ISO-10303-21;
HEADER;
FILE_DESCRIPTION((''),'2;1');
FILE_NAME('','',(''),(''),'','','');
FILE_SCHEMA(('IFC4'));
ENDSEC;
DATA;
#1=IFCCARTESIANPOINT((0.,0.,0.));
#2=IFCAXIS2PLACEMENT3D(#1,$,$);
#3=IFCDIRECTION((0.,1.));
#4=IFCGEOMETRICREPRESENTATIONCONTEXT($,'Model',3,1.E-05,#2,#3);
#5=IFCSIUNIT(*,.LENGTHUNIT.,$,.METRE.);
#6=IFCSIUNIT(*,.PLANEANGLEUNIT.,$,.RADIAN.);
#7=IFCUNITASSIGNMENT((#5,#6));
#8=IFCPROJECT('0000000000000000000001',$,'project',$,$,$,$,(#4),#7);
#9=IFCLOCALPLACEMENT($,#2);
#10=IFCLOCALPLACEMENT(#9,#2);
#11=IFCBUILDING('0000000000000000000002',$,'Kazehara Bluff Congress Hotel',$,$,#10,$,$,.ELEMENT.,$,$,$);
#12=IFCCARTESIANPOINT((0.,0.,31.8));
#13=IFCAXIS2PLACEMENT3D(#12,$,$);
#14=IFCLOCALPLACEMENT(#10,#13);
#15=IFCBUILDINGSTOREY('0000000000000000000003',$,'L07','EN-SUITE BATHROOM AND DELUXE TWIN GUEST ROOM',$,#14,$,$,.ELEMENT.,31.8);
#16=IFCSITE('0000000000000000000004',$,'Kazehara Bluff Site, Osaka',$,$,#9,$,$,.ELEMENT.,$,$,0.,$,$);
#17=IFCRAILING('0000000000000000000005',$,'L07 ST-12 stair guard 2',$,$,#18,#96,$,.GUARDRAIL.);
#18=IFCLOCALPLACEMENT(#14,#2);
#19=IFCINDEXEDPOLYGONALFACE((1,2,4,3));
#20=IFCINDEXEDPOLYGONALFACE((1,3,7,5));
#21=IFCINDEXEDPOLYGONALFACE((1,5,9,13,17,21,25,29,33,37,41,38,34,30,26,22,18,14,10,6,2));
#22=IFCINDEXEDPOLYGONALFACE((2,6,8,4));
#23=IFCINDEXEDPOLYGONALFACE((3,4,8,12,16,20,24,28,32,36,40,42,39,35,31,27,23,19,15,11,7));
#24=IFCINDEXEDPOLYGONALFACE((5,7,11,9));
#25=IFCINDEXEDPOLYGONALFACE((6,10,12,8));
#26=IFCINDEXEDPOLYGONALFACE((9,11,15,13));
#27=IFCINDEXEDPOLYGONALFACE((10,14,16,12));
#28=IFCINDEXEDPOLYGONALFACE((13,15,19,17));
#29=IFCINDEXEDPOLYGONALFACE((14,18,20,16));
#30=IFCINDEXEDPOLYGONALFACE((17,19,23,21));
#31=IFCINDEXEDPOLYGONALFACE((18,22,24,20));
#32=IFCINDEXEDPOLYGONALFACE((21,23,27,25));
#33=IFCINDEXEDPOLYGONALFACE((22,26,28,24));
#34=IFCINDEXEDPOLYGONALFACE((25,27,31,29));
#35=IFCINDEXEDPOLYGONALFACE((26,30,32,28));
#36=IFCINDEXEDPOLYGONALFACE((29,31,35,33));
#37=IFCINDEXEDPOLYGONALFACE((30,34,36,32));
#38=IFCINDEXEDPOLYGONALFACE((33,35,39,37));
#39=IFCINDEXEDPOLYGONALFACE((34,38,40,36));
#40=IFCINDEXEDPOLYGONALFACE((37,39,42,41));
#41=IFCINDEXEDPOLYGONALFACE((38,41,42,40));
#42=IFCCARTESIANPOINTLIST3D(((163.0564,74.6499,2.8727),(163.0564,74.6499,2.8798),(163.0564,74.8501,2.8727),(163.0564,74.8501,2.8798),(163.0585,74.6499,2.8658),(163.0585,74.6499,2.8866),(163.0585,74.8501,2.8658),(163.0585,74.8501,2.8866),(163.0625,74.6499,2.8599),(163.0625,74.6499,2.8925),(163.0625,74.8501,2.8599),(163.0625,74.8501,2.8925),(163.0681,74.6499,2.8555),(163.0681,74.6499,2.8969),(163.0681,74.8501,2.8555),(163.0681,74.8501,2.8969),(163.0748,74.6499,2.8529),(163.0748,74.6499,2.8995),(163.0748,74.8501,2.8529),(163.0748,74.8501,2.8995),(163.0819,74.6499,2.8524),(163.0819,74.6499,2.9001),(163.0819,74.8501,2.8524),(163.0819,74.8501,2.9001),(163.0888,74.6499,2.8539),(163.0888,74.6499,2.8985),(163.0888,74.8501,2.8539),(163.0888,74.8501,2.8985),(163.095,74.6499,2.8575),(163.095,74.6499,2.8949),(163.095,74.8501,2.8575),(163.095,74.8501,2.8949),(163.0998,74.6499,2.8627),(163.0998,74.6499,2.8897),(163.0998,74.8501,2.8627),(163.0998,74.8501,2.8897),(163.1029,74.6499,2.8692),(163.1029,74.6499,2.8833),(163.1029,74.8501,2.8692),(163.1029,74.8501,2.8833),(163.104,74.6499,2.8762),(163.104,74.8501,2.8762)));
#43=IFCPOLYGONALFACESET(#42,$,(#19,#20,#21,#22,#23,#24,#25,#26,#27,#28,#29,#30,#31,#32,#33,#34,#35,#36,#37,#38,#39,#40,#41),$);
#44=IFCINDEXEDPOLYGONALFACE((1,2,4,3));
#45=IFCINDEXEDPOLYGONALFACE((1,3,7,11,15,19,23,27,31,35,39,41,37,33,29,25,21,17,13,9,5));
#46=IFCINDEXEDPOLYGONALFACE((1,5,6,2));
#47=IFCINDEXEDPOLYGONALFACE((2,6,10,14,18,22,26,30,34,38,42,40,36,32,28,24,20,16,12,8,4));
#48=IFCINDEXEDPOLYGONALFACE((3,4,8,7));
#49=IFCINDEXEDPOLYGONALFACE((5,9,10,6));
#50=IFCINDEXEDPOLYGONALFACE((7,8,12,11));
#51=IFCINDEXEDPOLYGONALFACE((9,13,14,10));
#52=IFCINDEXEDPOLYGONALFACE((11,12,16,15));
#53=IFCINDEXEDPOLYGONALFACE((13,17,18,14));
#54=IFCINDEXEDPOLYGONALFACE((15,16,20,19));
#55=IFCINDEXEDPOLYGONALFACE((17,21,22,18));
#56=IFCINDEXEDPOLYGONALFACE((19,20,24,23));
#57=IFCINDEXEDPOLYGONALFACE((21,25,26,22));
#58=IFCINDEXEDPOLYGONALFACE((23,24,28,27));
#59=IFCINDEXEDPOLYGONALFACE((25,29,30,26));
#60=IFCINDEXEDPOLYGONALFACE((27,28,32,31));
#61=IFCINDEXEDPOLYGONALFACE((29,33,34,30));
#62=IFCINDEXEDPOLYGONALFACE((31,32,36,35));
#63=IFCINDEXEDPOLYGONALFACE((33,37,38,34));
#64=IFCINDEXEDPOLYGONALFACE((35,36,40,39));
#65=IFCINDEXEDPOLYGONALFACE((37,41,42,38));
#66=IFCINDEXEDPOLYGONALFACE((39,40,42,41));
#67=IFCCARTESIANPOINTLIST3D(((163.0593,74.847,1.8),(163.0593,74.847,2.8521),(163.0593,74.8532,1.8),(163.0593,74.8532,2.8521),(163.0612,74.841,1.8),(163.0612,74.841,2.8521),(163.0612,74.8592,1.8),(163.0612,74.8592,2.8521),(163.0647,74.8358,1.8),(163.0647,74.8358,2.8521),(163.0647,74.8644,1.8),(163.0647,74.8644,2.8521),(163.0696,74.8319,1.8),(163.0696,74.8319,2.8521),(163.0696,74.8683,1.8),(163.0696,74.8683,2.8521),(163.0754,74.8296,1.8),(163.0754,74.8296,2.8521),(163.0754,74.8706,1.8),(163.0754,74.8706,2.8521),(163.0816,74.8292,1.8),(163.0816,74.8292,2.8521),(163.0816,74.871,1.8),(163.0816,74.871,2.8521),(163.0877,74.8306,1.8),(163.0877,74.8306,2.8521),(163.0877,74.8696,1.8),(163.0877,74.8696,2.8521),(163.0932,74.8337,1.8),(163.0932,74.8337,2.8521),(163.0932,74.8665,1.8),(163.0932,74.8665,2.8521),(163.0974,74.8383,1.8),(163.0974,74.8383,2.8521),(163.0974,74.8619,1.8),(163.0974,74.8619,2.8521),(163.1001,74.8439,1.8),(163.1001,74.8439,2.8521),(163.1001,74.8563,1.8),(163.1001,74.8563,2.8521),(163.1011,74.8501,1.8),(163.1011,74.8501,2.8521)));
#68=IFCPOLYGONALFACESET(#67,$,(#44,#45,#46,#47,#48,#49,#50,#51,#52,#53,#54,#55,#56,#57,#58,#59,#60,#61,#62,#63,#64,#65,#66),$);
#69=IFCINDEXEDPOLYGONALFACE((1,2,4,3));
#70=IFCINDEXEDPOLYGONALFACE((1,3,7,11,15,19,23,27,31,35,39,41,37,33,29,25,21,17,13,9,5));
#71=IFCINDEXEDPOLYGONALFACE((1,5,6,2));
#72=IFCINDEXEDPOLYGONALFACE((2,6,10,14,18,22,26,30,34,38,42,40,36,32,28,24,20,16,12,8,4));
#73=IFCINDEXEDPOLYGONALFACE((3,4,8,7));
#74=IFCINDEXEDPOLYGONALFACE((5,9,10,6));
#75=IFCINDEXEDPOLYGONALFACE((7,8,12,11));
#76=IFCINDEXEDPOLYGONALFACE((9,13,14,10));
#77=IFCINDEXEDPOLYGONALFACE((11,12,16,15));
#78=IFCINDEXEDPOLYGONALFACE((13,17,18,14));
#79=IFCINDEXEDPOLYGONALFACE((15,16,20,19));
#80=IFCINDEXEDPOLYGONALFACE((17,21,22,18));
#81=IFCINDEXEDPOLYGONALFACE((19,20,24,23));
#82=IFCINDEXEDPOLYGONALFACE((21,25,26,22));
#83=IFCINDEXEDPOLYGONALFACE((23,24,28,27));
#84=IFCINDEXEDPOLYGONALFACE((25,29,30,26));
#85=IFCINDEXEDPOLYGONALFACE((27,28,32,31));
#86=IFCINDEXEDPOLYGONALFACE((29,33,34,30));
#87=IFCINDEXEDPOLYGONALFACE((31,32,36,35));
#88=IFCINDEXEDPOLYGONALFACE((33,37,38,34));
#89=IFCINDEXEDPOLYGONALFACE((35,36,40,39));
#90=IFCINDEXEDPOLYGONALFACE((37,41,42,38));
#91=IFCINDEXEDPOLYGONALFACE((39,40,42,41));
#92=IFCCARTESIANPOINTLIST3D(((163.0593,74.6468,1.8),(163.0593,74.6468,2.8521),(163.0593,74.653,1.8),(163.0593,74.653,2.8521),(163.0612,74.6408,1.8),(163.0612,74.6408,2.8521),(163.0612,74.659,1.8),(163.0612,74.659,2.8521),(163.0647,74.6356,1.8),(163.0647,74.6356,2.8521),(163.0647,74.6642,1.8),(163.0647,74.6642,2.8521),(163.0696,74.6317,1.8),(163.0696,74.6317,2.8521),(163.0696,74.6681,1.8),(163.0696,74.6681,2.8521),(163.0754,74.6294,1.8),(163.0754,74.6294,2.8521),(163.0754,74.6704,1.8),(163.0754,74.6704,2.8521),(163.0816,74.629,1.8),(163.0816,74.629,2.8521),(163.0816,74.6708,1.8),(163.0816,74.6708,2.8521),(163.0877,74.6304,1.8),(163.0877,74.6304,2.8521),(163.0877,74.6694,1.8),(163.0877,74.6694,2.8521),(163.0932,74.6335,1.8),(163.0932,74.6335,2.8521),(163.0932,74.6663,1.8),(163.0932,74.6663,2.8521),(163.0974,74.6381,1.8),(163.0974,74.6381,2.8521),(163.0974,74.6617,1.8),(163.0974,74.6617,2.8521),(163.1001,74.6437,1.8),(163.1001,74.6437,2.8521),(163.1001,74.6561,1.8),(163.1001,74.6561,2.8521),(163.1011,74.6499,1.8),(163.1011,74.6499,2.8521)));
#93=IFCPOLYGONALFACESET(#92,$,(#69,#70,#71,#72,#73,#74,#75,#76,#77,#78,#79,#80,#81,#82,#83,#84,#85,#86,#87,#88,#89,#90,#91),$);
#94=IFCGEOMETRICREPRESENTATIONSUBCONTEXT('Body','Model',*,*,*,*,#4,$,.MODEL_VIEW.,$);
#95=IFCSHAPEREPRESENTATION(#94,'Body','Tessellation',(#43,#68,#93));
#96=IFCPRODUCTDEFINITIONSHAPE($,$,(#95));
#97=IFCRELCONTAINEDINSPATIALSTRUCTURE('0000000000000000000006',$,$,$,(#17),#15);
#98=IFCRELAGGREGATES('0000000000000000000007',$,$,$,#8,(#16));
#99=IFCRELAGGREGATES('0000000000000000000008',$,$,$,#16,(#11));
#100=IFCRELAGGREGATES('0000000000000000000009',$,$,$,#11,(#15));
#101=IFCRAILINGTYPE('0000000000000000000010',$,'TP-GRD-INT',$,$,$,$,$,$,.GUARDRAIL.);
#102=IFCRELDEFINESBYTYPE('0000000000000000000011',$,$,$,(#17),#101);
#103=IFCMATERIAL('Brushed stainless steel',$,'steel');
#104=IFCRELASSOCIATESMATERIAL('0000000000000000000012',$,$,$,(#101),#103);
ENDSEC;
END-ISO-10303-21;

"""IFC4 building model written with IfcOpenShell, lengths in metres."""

from ifc_helpers import new_model, si_unit, direction, frame, origin, origin_2d, place, context, subcontext, project, spatial, circle, extrude, material, type_object, element, save


model = new_model("IFC4")

# Units and contexts
model_context = context("Model", 3, precision=1e-05, world=origin(), true_north=direction((0.0, 1.0)))
body_context = subcontext(model_context, "Body", "Model", "MODEL_VIEW")
ifc_project = project(units=[si_unit("LENGTHUNIT", "METRE"), si_unit("PLANEANGLEUNIT", "RADIAN")], contexts=[model_context])

# Site, building, storey
site_placement = place(None, origin())
site = spatial("IfcSite", under=ifc_project, at=site_placement, Name="Kazehara Bluff Site, Osaka", CompositionType="ELEMENT", RefElevation=0.0)
building_placement = place(site_placement, origin())
building = spatial("IfcBuilding", under=site, at=building_placement, Name="Kazehara Bluff Congress Hotel", CompositionType="ELEMENT")
storey_placement = place(building_placement, frame((0.0, 0.0, 31.8)))
storey = spatial("IfcBuildingStorey", under=building, at=storey_placement, Name="L07", Description="EN-SUITE BATHROOM AND DELUXE TWIN GUEST ROOM", CompositionType="ELEMENT", Elevation=31.8)

# Railing
ifc_material_1 = material(Name="Brushed stainless steel", Category="steel")
railing_type_1 = type_object("IfcRailingType", Name="TP-GRD-INT", PredefinedType="GUARDRAIL", material=ifc_material_1)
railing_1_placement = place(storey_placement, frame((163.0801, 74.8501, 1.8)))
element("IfcRailing", 1, at=railing_1_placement, inside=storey, type_object=railing_type_1, Name="L07 ST-12 stair guard 2", PredefinedType="GUARDRAIL", context=body_context, shape_type="SweptSolid", body=[
    extrude(circle(Radius=0.0239, at=origin_2d()), frame((0.0, 0.0, 1.0762), z_axis=(0.0, -1.0, 0.0), x_axis=(1.0, 0.0, 0.0)), (0.0, 0.0, 1.0), 0.2002),
    extrude(circle(Radius=0.021, at=origin_2d()), origin(), (0.0, 0.0, 1.0), 1.052),
    extrude(circle(Radius=0.021, at=origin_2d()), frame((0.0, -0.2002, 0.0)), (0.0, 0.0, 1.0), 1.052),
])

save(model, "model.ifc")
